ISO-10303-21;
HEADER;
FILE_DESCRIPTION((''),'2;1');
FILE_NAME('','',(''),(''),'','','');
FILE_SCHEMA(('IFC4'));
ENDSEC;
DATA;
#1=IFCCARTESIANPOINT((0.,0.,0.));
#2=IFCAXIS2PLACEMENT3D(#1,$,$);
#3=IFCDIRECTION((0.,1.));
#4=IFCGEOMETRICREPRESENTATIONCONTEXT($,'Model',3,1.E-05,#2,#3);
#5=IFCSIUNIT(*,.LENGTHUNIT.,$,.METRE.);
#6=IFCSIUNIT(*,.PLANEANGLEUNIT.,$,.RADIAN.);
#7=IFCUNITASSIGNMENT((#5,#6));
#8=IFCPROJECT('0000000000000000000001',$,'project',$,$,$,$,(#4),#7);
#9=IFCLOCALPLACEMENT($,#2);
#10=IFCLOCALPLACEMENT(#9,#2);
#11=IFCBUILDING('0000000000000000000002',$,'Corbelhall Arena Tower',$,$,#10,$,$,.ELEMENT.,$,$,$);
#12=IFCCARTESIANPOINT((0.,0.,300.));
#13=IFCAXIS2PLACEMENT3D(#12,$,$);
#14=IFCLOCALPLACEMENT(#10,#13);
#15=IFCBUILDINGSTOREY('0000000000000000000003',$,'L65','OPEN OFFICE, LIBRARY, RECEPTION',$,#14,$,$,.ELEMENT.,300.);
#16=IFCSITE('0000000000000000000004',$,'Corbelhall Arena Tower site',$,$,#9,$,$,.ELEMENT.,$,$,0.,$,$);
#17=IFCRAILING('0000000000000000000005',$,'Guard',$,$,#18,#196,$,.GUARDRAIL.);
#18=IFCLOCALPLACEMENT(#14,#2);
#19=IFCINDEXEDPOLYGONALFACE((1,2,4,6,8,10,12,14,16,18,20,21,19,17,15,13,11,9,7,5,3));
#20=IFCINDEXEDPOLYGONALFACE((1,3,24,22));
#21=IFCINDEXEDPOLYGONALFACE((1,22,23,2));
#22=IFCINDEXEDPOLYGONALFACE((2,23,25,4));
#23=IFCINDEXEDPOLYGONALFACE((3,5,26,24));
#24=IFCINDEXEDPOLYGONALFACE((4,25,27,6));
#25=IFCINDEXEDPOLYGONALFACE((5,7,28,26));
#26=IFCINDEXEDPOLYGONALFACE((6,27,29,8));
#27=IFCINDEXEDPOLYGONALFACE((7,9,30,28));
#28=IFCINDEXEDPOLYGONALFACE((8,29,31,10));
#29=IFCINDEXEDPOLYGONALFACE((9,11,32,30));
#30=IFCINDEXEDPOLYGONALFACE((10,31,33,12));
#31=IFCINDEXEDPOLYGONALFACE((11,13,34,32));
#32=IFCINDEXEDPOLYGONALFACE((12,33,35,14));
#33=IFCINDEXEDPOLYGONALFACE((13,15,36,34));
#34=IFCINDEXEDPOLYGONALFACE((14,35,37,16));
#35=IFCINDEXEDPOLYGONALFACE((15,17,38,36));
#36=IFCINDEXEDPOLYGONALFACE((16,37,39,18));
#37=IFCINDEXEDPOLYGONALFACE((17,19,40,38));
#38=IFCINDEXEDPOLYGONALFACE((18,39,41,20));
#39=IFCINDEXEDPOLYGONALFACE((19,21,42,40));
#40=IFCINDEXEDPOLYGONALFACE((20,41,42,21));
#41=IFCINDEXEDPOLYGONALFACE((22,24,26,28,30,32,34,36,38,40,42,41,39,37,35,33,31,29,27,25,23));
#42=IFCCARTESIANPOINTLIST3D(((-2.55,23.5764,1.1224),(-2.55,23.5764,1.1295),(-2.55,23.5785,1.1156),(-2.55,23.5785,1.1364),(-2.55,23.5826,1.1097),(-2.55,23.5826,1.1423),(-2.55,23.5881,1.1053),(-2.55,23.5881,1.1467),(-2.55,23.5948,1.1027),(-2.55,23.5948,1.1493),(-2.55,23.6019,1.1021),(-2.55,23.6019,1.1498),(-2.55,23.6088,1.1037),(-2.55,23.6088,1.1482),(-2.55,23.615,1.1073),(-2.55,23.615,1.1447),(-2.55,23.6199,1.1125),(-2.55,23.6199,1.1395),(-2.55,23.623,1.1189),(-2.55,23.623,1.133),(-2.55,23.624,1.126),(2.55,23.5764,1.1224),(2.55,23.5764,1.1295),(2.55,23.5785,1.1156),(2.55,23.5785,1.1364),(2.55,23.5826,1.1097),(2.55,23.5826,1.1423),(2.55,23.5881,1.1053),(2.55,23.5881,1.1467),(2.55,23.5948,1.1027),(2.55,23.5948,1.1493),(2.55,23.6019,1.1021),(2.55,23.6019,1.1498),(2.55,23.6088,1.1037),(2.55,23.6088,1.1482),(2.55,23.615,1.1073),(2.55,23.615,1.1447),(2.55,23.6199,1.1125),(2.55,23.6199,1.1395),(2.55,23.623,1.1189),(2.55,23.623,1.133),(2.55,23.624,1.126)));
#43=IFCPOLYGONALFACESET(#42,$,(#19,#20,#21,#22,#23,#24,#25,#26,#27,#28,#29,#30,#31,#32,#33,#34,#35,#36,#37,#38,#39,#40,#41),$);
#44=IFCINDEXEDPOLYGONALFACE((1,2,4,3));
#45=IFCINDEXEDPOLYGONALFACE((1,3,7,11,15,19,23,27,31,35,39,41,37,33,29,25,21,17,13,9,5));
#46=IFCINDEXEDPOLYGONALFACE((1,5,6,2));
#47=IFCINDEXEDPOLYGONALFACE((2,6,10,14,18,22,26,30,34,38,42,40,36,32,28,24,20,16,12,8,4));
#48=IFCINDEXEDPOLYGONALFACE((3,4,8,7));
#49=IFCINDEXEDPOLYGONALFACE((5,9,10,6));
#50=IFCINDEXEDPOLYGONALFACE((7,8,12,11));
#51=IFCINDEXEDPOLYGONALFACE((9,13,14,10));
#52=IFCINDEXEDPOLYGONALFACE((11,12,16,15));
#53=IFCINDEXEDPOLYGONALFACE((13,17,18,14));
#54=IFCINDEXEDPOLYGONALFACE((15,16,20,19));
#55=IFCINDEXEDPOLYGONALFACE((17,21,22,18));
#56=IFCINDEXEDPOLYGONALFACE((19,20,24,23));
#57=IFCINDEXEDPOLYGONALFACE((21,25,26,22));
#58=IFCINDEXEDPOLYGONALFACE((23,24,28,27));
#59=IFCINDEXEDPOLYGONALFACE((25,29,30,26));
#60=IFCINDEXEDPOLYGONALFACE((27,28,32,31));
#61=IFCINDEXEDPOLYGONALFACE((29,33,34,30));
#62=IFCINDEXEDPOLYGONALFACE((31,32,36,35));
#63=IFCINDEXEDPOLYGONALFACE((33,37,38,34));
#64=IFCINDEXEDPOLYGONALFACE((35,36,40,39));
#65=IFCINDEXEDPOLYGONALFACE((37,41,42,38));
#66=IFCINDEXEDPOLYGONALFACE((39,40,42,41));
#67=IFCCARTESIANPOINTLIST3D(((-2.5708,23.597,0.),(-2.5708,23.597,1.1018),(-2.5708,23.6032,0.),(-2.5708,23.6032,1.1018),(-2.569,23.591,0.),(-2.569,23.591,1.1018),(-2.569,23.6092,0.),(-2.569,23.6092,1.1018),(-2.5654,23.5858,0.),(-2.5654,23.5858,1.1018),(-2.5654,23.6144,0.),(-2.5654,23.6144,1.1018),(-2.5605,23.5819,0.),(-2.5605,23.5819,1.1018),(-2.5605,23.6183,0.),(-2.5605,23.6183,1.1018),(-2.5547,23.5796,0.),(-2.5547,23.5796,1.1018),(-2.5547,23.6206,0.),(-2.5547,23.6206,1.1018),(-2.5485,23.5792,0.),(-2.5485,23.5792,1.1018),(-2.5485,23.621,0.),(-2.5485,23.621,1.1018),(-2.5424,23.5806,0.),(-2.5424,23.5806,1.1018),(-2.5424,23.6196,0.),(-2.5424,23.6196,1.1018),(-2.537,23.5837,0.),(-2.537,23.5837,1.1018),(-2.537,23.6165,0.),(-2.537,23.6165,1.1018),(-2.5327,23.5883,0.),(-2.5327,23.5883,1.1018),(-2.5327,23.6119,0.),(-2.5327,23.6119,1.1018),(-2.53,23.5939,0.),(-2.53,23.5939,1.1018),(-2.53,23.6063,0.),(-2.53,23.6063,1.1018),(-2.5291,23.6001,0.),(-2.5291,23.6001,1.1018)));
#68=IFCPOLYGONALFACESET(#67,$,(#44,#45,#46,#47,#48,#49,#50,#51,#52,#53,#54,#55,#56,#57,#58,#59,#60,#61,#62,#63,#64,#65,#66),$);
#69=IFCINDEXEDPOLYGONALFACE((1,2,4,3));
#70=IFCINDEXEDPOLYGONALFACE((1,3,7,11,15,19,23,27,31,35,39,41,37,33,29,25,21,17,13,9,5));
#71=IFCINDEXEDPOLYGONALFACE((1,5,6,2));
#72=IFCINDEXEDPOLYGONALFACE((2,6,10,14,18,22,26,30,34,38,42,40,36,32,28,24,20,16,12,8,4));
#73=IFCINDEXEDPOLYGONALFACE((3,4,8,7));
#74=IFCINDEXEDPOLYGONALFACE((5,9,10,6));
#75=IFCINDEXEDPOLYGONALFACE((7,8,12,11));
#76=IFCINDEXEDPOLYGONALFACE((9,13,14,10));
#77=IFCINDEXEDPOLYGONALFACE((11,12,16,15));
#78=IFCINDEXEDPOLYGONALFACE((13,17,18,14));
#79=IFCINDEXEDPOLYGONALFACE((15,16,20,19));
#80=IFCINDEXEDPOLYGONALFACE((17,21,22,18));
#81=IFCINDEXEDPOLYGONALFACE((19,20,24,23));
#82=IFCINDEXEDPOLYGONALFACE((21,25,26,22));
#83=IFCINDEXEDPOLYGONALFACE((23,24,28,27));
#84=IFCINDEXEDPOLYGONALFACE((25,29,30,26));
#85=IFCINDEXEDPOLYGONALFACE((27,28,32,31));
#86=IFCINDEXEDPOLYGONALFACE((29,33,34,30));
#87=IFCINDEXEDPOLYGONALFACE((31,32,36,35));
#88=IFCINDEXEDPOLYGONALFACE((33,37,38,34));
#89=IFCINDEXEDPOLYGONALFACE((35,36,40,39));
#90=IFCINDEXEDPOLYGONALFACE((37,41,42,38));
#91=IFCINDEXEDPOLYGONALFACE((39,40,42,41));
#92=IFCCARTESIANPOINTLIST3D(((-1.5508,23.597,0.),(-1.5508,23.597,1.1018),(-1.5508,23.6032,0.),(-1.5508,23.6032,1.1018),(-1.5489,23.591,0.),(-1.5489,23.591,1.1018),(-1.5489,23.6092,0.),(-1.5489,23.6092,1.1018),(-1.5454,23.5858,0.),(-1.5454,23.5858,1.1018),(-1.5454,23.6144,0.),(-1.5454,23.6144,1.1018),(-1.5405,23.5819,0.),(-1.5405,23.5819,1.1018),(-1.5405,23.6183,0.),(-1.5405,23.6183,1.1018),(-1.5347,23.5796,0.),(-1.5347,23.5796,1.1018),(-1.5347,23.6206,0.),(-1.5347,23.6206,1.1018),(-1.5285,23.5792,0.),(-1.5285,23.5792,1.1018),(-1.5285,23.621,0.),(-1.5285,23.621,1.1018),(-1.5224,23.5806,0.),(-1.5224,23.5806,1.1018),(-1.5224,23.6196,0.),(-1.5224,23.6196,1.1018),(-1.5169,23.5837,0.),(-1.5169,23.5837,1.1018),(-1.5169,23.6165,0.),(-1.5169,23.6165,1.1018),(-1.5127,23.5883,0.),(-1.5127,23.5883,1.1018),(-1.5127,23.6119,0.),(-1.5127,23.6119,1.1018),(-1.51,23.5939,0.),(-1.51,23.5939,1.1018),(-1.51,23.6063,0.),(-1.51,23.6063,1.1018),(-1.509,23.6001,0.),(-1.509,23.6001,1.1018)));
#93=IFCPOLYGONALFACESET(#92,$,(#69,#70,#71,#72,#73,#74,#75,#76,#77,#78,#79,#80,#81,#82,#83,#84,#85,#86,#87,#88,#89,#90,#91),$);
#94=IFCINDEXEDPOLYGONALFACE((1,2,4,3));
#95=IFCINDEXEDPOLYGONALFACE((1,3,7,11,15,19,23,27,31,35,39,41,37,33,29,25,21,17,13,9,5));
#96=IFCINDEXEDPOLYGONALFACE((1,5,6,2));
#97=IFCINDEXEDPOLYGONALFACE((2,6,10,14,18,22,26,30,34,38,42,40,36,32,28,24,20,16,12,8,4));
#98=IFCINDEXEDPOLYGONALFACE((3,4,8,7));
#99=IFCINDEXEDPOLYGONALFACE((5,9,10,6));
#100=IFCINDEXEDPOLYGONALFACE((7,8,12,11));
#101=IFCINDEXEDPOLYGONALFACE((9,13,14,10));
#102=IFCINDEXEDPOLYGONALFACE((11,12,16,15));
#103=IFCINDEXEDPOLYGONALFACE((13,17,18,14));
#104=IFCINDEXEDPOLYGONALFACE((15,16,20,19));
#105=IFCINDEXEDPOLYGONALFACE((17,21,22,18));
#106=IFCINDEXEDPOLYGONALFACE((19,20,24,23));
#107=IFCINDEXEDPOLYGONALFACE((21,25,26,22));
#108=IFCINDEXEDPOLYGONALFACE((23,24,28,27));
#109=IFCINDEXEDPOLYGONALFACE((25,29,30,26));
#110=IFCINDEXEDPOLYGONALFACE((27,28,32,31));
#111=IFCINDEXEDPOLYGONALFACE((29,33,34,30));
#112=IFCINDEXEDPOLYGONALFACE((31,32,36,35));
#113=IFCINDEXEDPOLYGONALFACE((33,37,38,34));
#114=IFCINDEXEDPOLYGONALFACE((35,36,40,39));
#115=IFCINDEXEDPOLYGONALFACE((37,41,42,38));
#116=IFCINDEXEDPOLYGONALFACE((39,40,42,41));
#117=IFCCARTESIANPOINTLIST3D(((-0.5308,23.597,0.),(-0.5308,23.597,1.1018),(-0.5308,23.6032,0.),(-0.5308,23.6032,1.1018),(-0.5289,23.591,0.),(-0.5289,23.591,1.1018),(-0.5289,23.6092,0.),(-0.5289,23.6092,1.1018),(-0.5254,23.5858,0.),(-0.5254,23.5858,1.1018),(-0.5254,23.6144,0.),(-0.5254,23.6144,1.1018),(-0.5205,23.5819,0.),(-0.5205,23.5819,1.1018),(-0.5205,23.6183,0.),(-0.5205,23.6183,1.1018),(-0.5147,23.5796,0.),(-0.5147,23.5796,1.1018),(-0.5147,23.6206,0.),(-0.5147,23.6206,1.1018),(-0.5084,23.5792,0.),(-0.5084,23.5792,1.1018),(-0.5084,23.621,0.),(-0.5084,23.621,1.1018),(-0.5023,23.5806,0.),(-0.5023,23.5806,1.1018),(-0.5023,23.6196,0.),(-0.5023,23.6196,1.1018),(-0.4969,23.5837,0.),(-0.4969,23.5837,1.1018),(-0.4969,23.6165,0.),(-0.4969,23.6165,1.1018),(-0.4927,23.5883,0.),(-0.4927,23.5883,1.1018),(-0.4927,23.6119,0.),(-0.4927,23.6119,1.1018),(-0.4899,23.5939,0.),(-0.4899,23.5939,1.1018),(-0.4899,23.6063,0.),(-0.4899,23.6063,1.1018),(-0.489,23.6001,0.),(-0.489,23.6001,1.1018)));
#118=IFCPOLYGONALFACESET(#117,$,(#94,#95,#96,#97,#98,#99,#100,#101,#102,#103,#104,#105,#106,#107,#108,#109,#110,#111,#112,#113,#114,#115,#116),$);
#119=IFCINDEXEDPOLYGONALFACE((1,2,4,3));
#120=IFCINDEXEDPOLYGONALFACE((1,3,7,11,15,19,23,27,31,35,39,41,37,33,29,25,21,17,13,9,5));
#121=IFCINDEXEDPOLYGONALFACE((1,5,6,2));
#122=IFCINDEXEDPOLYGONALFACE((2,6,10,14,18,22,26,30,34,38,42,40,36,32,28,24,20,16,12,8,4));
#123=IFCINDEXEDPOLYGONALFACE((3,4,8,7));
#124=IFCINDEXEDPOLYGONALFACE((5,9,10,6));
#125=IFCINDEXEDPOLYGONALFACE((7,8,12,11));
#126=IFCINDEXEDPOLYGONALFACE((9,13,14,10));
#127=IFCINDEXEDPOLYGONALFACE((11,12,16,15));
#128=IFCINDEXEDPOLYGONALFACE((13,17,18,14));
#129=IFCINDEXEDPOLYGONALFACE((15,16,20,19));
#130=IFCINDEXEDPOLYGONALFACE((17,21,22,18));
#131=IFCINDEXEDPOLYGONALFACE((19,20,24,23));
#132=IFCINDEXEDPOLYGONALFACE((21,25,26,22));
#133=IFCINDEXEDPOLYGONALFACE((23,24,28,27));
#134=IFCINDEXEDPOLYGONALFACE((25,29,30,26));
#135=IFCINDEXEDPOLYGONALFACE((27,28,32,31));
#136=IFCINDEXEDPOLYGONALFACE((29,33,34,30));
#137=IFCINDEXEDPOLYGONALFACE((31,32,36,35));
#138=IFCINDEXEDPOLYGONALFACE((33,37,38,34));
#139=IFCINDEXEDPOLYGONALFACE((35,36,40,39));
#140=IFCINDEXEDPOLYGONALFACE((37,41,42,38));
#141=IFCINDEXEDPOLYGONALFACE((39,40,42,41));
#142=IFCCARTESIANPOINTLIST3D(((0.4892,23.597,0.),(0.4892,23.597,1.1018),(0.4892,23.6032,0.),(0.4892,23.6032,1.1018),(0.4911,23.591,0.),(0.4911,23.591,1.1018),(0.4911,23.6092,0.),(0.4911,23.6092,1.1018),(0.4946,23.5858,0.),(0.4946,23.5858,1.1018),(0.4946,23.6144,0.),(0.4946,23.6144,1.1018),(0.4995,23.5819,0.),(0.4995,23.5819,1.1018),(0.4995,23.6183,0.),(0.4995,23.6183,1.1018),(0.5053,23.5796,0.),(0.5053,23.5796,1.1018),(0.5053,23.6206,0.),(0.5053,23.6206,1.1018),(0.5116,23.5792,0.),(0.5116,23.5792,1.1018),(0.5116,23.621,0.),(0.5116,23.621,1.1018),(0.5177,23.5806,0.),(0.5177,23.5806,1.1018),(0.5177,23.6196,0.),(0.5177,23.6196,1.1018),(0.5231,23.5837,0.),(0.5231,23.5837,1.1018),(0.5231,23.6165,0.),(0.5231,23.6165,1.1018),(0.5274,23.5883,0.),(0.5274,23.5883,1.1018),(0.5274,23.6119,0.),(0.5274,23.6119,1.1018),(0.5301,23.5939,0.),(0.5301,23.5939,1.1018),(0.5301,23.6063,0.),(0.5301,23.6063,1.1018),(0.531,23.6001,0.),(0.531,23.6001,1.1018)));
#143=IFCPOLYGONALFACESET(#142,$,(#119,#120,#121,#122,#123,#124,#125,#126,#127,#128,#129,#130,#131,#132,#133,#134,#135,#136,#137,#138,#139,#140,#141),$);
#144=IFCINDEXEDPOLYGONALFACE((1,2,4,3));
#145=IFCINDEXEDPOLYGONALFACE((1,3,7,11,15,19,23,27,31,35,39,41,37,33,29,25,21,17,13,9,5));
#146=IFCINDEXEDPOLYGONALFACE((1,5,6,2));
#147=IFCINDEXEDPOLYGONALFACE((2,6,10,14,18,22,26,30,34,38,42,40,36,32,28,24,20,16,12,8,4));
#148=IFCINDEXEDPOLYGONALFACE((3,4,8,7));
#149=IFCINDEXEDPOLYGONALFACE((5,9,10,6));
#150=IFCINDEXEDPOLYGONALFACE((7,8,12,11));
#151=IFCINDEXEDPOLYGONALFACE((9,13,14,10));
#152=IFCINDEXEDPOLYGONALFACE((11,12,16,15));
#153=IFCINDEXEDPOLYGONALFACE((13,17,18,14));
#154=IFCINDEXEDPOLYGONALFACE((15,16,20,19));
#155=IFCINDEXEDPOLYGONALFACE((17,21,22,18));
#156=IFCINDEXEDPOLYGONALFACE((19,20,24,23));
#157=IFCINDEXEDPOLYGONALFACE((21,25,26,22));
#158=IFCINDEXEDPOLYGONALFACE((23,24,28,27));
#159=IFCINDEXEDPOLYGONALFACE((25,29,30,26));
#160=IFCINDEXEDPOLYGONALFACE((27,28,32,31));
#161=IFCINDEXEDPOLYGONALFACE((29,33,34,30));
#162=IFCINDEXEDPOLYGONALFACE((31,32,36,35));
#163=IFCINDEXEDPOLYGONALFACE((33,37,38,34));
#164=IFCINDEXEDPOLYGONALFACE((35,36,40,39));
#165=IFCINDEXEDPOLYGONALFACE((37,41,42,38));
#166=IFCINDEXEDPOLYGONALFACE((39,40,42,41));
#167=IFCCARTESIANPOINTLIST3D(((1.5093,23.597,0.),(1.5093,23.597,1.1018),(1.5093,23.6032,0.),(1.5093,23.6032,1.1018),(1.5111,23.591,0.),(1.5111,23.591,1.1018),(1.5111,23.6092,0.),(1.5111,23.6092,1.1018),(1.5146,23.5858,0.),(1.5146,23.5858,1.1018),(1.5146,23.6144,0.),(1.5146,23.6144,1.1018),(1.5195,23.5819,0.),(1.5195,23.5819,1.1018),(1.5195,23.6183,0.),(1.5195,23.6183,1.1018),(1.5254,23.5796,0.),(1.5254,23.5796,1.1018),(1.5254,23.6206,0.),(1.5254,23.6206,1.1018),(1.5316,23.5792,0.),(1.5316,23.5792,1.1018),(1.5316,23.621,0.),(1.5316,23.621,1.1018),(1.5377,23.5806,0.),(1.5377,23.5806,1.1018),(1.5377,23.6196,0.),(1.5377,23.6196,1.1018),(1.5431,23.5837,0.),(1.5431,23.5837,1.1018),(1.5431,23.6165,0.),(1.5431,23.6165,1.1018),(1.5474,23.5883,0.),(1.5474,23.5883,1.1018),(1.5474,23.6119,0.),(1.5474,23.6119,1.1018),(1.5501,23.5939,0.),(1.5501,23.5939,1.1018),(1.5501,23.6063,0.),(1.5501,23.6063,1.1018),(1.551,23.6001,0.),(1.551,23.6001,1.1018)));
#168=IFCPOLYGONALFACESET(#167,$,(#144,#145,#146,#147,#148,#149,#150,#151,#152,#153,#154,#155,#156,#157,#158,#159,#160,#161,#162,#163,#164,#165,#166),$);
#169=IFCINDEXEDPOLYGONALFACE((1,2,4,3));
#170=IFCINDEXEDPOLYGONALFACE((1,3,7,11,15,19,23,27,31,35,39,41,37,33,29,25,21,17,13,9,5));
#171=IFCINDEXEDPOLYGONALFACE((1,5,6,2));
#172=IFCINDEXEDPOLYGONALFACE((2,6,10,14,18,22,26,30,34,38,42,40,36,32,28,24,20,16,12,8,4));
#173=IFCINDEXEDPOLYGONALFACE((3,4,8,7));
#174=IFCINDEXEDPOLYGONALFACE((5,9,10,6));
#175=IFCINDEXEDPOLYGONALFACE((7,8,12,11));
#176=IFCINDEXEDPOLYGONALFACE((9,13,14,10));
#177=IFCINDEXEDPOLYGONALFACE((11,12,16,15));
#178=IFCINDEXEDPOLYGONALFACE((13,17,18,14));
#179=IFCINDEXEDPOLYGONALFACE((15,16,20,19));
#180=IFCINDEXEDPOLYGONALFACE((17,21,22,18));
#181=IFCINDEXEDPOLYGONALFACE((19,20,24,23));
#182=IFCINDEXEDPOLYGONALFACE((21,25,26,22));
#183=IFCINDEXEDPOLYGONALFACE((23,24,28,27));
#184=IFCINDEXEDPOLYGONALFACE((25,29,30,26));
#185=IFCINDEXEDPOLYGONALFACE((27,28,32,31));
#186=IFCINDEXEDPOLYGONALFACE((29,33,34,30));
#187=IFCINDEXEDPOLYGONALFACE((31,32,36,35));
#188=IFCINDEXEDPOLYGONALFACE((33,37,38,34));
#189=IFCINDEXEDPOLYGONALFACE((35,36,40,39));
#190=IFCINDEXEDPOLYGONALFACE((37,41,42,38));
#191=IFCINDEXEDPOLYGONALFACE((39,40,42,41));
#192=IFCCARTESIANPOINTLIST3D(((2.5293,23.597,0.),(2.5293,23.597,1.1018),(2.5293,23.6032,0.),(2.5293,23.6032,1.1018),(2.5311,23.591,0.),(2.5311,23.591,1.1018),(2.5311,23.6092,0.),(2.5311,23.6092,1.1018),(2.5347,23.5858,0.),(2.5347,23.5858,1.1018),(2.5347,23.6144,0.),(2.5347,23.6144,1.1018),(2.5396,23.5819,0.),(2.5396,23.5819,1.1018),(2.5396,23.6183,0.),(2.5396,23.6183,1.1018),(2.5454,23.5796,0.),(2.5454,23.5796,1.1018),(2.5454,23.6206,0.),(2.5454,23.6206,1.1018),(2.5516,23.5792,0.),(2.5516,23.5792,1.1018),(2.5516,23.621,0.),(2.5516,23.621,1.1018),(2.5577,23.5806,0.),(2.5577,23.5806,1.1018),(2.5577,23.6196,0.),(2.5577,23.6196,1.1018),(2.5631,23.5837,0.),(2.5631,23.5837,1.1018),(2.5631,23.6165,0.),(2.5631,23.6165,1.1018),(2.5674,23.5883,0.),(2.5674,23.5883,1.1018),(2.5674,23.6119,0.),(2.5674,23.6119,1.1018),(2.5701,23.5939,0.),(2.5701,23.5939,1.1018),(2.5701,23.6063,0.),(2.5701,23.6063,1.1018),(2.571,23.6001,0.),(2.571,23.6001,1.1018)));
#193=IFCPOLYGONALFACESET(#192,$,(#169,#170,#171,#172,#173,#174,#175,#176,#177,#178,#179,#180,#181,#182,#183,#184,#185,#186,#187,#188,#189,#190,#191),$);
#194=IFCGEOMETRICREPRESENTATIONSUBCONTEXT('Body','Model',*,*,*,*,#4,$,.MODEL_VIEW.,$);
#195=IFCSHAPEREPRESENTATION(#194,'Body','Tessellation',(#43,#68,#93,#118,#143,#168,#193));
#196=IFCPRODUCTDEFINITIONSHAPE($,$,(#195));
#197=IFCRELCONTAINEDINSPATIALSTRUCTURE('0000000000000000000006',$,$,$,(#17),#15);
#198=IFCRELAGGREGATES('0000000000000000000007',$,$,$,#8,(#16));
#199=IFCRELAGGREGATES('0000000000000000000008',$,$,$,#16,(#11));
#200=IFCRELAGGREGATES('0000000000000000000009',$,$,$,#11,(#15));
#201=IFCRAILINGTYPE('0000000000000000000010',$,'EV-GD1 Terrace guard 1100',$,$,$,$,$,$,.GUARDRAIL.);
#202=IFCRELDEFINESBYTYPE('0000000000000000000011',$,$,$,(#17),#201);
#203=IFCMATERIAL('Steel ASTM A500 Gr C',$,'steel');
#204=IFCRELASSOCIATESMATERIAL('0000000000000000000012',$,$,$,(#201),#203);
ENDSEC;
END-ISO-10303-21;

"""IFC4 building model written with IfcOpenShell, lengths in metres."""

from ifc_helpers import new_model, si_unit, direction, frame, origin, origin_2d, place, context, subcontext, project, spatial, circle, extrude, material, type_object, element, save


model = new_model("IFC4")

# Units and contexts
model_context = context("Model", 3, precision=1e-05, world=origin(), true_north=direction((0.0, 1.0)))
body_context = subcontext(model_context, "Body", "Model", "MODEL_VIEW")
ifc_project = project(units=[si_unit("LENGTHUNIT", "METRE"), si_unit("PLANEANGLEUNIT", "RADIAN")], contexts=[model_context])

# Site, building, storey
site_placement = place(None, origin())
site = spatial("IfcSite", under=ifc_project, at=site_placement, Name="Corbelhall Arena Tower site", CompositionType="ELEMENT", RefElevation=0.0)
building_placement = place(site_placement, origin())
building = spatial("IfcBuilding", under=site, at=building_placement, Name="Corbelhall Arena Tower", CompositionType="ELEMENT")
storey_placement = place(building_placement, frame((0.0, 0.0, 300.0)))
storey = spatial("IfcBuildingStorey", under=building, at=storey_placement, Name="L65", Description="OPEN OFFICE, LIBRARY, RECEPTION", CompositionType="ELEMENT", Elevation=300.0)

# Railing
ifc_material_1 = material(Name="Steel ASTM A500 Gr C", Category="steel")
railing_type_1 = type_object("IfcRailingType", Name="EV-GD1 Terrace guard 1100", PredefinedType="GUARDRAIL", material=ifc_material_1)
railing_1_placement = place(storey_placement, frame((-2.55, 23.6001, 0.0)))
element("IfcRailing", 1, at=railing_1_placement, inside=storey, type_object=railing_type_1, Name="Guard", PredefinedType="GUARDRAIL", context=body_context, shape_type="SweptSolid", body=[
    extrude(circle(Radius=0.0239, at=origin_2d()), frame((0.0, 0.0, 1.126), z_axis=(1.0, 0.0, 0.0), x_axis=(0.0, 1.0, 0.0)), (0.0, 0.0, 1.0), 5.1001),
    extrude(circle(Radius=0.021, at=origin_2d()), origin(), (0.0, 0.0, 1.0), 1.1018),
    extrude(circle(Radius=0.021, at=origin_2d()), frame((1.02, 0.0, 0.0)), (0.0, 0.0, 1.0), 1.1018),
    extrude(circle(Radius=0.021, at=origin_2d()), frame((2.04, 0.0, 0.0)), (0.0, 0.0, 1.0), 1.1018),
    extrude(circle(Radius=0.021, at=origin_2d()), frame((3.0601, 0.0, 0.0)), (0.0, 0.0, 1.0), 1.1018),
    extrude(circle(Radius=0.021, at=origin_2d()), frame((4.0801, 0.0, 0.0)), (0.0, 0.0, 1.0), 1.1018),
    extrude(circle(Radius=0.021, at=origin_2d()), frame((5.1001, 0.0, 0.0)), (0.0, 0.0, 1.0), 1.1018),
])

save(model, "model.ifc")
